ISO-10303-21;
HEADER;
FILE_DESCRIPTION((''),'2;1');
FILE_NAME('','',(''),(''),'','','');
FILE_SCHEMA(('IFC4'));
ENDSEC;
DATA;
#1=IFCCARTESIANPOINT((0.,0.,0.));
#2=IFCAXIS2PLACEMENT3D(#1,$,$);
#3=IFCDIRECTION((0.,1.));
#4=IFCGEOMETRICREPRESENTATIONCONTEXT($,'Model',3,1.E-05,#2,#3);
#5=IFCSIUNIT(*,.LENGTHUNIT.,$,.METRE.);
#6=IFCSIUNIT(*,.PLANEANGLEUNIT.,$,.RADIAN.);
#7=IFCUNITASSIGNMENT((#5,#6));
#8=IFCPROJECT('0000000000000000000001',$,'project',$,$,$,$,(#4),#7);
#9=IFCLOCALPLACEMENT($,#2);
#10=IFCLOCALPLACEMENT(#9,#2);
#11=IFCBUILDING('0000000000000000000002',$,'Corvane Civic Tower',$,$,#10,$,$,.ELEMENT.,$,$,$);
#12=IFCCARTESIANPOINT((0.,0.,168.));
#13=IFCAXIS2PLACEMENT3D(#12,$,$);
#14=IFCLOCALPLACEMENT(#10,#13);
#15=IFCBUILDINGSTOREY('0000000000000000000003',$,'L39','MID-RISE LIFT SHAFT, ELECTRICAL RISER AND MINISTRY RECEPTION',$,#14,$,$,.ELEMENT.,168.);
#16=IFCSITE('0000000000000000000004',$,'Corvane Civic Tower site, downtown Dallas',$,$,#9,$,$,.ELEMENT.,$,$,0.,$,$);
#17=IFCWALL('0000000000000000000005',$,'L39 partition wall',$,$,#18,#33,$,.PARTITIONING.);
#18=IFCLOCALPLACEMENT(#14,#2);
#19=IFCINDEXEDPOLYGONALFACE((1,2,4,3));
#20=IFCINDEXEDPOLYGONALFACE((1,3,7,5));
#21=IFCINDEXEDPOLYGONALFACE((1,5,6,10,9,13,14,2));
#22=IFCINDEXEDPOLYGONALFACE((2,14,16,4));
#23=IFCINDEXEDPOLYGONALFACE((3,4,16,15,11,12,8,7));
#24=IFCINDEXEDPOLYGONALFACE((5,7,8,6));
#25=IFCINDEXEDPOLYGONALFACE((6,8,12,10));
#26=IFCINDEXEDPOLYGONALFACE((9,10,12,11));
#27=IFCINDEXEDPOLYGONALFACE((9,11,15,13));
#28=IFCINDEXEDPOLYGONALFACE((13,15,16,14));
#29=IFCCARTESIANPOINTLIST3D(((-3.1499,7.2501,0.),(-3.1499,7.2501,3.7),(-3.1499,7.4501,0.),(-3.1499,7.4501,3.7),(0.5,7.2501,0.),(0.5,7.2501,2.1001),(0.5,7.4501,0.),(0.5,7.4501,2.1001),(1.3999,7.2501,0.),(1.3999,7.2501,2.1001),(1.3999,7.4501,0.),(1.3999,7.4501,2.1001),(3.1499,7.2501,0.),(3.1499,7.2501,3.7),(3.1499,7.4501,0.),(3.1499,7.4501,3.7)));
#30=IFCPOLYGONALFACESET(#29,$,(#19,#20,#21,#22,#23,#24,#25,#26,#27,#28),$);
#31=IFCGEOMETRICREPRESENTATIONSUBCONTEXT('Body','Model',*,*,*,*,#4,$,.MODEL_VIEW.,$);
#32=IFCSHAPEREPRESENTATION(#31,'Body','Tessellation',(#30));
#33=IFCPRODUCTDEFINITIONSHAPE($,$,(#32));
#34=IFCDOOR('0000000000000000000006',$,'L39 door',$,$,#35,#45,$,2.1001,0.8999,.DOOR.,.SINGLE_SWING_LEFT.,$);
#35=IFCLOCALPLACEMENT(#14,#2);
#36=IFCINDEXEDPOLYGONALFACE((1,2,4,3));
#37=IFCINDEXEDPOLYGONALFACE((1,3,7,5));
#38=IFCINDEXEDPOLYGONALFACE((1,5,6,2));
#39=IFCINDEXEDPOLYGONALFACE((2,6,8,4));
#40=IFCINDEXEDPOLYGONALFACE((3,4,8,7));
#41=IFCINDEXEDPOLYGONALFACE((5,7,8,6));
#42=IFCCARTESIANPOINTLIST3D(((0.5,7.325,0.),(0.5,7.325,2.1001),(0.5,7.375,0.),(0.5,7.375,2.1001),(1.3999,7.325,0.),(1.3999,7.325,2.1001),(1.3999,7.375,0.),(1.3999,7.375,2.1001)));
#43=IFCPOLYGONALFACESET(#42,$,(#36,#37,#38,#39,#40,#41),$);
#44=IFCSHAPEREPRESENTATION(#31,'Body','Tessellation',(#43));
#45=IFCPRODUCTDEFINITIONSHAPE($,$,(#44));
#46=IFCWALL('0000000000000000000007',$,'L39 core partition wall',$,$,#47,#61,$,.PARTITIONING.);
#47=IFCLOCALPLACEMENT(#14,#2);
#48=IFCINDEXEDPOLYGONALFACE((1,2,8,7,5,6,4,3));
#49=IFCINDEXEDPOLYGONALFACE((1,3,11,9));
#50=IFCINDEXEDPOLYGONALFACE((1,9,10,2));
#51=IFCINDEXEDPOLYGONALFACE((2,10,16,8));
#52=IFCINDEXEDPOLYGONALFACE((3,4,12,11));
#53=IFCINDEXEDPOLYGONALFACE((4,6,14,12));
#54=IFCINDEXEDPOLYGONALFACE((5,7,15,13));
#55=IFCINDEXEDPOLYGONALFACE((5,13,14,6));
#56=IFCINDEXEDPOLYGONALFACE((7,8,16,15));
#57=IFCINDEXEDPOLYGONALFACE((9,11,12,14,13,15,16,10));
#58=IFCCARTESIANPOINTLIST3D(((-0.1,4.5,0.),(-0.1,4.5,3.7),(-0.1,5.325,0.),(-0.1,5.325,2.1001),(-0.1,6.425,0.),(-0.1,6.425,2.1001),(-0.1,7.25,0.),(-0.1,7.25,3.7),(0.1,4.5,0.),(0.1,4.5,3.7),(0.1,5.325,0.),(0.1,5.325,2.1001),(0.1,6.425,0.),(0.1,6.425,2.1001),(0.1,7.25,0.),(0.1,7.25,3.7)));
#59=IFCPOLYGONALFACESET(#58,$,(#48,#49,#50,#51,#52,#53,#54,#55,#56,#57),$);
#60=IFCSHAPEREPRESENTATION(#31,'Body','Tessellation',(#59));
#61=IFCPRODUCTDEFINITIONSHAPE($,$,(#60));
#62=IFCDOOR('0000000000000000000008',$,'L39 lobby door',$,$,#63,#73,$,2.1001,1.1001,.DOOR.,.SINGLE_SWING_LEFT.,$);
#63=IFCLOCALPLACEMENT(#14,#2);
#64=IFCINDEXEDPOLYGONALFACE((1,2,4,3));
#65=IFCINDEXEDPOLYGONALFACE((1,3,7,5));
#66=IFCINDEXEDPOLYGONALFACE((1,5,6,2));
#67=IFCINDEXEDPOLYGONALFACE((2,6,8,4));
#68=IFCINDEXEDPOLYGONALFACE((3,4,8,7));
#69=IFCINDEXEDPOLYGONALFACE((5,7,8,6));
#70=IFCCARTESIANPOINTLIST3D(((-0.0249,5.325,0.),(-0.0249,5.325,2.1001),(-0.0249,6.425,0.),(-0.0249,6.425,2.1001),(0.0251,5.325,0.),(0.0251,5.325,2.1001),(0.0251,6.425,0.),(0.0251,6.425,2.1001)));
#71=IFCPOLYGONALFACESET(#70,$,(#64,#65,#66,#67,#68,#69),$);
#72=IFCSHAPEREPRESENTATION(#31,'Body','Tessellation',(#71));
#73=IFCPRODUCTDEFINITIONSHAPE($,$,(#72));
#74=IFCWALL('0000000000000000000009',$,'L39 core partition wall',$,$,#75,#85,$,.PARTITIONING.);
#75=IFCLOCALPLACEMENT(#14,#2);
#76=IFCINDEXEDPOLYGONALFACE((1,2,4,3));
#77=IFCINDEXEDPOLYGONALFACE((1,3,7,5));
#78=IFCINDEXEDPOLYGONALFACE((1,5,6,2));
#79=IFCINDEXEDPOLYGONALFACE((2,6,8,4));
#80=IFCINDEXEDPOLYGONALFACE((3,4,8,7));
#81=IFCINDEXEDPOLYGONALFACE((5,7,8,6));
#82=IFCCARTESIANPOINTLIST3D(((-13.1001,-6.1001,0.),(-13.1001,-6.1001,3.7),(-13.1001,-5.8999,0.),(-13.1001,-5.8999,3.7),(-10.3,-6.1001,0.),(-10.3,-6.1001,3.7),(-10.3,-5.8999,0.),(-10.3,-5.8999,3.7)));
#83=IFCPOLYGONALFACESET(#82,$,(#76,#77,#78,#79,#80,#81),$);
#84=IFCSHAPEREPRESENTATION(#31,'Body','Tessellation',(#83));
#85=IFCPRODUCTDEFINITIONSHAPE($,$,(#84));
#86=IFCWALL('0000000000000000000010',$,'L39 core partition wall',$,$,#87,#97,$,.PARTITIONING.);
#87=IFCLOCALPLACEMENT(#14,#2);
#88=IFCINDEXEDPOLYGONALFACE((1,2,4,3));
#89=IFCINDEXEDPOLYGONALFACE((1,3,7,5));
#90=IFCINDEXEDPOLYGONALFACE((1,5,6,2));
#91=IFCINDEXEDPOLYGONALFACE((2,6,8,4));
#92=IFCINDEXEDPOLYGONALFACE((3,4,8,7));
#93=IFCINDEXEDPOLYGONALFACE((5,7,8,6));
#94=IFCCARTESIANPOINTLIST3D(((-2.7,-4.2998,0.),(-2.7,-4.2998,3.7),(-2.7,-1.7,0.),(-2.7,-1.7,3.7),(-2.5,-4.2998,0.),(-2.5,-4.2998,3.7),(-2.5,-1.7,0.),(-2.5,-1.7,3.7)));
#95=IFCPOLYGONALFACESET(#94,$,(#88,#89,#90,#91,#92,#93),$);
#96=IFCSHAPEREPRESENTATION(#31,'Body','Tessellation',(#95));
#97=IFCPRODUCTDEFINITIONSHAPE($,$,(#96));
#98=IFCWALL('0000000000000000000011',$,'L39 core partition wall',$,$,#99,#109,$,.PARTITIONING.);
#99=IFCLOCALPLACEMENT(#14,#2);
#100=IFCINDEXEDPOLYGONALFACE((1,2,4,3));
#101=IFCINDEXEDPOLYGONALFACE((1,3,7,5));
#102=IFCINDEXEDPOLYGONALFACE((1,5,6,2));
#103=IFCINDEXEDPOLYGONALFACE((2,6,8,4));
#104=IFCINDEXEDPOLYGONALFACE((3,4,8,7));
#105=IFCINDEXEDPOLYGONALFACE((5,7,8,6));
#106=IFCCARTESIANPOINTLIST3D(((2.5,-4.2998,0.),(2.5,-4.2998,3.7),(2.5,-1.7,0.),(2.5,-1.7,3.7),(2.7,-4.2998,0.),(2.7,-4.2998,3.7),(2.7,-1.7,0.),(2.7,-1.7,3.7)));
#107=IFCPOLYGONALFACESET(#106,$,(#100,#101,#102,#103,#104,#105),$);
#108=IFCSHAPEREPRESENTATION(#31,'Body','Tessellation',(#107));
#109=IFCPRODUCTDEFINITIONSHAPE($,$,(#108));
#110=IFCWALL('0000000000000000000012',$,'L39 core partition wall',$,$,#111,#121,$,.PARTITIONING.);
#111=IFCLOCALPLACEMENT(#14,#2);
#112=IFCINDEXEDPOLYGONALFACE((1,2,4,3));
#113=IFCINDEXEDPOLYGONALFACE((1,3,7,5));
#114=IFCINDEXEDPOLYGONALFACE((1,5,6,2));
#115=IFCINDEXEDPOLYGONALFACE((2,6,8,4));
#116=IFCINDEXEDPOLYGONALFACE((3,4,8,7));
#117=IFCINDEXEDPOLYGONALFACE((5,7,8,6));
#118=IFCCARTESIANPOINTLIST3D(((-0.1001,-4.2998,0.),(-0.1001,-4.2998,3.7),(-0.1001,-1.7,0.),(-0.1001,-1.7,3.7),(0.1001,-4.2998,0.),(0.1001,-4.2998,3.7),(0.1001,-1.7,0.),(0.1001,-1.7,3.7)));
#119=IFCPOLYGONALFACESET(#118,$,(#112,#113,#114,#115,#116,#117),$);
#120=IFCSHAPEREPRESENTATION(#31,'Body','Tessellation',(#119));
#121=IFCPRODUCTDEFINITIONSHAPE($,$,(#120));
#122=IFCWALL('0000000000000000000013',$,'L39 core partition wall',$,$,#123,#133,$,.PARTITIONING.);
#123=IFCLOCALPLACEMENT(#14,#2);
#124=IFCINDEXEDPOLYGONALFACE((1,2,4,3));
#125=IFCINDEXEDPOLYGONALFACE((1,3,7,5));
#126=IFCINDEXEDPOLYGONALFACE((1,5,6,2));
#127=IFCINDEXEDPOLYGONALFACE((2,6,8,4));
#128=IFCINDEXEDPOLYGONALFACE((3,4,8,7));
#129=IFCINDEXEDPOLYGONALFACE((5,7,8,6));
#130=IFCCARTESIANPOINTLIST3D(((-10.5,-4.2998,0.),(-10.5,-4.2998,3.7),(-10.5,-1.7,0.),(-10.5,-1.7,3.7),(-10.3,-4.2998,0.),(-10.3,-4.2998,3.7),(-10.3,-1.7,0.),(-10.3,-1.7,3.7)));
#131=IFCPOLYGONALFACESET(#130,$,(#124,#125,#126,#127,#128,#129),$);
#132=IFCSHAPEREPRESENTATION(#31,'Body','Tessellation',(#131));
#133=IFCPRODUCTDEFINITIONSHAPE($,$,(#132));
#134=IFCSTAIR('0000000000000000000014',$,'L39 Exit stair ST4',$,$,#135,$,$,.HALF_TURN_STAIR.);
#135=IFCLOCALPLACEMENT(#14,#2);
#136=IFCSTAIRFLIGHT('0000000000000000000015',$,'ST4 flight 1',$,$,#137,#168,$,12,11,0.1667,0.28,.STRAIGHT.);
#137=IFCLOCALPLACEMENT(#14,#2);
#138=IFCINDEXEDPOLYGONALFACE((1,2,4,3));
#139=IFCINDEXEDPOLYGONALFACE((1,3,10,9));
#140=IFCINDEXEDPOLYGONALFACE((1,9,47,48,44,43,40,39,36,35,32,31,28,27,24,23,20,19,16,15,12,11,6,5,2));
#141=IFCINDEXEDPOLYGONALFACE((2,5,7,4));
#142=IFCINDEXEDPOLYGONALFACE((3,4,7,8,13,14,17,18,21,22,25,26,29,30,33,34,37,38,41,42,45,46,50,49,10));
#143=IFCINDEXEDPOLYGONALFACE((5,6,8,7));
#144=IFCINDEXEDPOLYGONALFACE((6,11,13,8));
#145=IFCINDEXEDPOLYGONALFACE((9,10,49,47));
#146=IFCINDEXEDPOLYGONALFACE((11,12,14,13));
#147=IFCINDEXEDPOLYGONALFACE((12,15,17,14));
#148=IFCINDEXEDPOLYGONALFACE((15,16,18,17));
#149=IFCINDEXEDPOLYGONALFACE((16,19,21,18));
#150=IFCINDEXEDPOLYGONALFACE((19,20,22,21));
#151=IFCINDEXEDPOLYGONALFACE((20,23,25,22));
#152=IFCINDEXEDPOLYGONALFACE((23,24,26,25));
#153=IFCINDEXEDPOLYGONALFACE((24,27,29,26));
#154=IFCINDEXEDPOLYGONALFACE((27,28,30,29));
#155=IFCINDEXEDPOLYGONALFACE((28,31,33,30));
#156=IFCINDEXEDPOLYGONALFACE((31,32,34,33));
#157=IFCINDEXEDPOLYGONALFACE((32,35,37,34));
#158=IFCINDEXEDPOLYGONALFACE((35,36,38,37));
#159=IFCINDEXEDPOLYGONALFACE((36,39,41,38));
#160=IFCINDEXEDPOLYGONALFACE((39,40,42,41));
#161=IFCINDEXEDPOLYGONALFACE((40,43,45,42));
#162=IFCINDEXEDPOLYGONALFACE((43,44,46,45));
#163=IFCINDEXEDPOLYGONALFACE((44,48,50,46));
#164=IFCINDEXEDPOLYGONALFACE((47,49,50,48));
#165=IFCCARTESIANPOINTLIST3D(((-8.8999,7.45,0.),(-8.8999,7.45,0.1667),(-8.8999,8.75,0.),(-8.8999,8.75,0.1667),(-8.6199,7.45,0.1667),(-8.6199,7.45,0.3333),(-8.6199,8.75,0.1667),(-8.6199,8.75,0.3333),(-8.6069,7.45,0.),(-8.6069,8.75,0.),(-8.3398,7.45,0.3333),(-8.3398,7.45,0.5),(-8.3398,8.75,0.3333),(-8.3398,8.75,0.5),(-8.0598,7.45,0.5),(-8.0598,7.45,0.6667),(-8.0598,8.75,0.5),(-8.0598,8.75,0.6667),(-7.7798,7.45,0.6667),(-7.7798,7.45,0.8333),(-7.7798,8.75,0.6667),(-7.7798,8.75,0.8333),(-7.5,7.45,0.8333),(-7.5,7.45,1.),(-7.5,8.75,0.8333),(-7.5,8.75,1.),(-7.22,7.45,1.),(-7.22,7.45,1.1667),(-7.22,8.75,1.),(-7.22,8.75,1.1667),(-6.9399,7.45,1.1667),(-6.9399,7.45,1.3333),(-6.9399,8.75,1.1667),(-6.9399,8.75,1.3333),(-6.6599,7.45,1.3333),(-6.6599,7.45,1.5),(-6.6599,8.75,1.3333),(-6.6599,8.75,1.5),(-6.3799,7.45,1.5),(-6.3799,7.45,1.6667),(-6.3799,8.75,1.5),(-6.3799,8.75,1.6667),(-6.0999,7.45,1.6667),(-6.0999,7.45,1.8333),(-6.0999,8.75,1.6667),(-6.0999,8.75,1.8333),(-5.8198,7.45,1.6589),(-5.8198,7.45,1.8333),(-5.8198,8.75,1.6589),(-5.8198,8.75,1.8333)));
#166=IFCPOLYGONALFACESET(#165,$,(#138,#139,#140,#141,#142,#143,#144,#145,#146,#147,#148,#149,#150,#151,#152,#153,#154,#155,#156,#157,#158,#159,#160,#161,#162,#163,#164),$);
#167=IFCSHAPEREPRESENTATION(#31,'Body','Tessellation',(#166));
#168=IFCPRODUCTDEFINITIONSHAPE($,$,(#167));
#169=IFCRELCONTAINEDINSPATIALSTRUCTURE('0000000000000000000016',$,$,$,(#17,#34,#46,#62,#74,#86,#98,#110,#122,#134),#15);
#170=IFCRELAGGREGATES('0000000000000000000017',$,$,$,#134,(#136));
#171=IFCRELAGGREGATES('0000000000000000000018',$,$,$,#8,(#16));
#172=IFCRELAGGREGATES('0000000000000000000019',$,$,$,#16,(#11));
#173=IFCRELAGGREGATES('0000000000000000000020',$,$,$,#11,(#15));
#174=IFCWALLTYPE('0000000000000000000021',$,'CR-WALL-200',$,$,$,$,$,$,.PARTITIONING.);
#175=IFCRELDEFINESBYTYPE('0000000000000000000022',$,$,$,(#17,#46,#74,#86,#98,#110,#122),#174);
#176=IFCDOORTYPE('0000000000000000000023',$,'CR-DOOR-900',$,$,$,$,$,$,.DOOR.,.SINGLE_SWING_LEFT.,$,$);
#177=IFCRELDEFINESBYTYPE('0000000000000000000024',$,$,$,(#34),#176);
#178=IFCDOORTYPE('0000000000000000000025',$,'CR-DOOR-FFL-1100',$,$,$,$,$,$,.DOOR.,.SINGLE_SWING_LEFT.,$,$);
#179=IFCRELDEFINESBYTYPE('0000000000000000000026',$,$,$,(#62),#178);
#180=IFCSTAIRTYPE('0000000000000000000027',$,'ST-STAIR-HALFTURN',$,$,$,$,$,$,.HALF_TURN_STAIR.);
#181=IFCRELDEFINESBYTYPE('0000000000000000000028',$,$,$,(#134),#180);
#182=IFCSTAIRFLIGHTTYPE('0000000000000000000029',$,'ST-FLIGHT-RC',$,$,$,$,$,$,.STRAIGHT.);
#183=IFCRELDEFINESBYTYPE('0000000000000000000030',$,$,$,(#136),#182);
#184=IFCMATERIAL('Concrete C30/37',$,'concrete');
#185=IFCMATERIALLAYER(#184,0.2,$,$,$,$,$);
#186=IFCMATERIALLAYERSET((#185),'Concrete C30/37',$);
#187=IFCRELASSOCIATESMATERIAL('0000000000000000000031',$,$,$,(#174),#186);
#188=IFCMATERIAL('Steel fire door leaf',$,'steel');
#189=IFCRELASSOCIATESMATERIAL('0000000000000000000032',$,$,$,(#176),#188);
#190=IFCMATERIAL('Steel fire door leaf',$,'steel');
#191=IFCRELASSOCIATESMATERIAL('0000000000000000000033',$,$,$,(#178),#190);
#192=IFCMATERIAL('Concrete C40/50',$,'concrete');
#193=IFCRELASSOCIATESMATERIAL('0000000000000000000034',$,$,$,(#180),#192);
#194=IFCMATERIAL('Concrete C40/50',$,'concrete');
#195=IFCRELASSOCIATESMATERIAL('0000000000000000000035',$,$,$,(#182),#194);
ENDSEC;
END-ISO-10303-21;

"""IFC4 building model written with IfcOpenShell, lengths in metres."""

from ifc_helpers import new_model, si_unit, direction, frame, frame_2d, origin, place, context, subcontext, project, spatial, polyline, rectangle, outline, extrude, material, layer, layer_set, type_object, element, fill, aggregate, save


model = new_model("IFC4")

# Units and contexts
model_context = context("Model", 3, precision=1e-05, world=origin(), true_north=direction((0.0, 1.0)))
body_context = subcontext(model_context, "Body", "Model", "MODEL_VIEW")
ifc_project = project(units=[si_unit("LENGTHUNIT", "METRE"), si_unit("PLANEANGLEUNIT", "RADIAN")], contexts=[model_context])

# Site, building, storey
site_placement = place(None, origin())
site = spatial("IfcSite", under=ifc_project, at=site_placement, Name="Corvane Civic Tower site, downtown Dallas", CompositionType="ELEMENT", RefElevation=0.0)
building_placement = place(site_placement, origin())
building = spatial("IfcBuilding", under=site, at=building_placement, Name="Corvane Civic Tower", CompositionType="ELEMENT")
storey_placement = place(building_placement, frame((0.0, 0.0, 168.0)))
storey = spatial("IfcBuildingStorey", under=building, at=storey_placement, Name="L39", Description="MID-RISE LIFT SHAFT, ELECTRICAL RISER AND MINISTRY RECEPTION", CompositionType="ELEMENT", Elevation=168.0)

# Walls, openings, doors
ifc_material_1 = material(Name="Concrete C30/37", Category="concrete")
ifc_layer = layer(ifc_material_1, 0.2)
ifc_layer_set = layer_set([ifc_layer], Name="Concrete C30/37")
wall_type = type_object("IfcWallType", Name="CR-WALL-200", PredefinedType="PARTITIONING", material=ifc_layer_set)
wall_1_placement = place(storey_placement, frame((-3.1499, 7.3501, 0.0), z_axis=(0.0, 0.0, 1.0), x_axis=(1.0, 0.0, 0.0)))
wall_1 = element("IfcWall", 1, at=wall_1_placement, inside=storey, type_object=wall_type, Name="L39 partition wall", PredefinedType="PARTITIONING", context=body_context, shape_type="SweptSolid", body=[
    extrude(rectangle(XDim=6.2998, YDim=0.2, at=frame_2d((3.1499, 0.0))), origin(), (0.0, 0.0, 1.0), 3.7),
])
opening_1_placement = place(wall_1_placement, frame((3.6499, 0.0, 0.0)))
opening_1 = element("IfcOpeningElement", 2, at=opening_1_placement, cuts=wall_1, PredefinedType="OPENING", context=body_context, shape_type="SweptSolid", body=[
    extrude(rectangle(XDim=0.8999, YDim=2.1001, at=frame_2d((0.45, 1.05))), frame((0.0, 0.1099, 0.0), z_axis=(0.0, -1.0, 0.0), x_axis=(1.0, 0.0, 0.0)), (0.0, 0.0, 1.0), 0.22),
])
ifc_material_2 = material(Name="Steel fire door leaf", Category="steel")
door_type_1 = type_object("IfcDoorType", Name="CR-DOOR-900", OperationType="SINGLE_SWING_LEFT", PredefinedType="DOOR", material=ifc_material_2)
door_1_placement = place(opening_1_placement, origin())
door_1 = element("IfcDoor", 3, at=door_1_placement, inside=storey, type_object=door_type_1, Name="L39 door", OperationType="SINGLE_SWING_LEFT", OverallHeight=2.1001, OverallWidth=0.8999, PredefinedType="DOOR", context=body_context, shape_type="SweptSolid", body=[
    extrude(rectangle(XDim=0.8999, YDim=2.1001, at=frame_2d((0.45, 1.05))), frame((0.0, 0.0249, 0.0), z_axis=(0.0, -1.0, 0.0), x_axis=(1.0, 0.0, 0.0)), (0.0, 0.0, 1.0), 0.05),
])
fill(opening_1, door_1)
wall_2_placement = place(storey_placement, frame((0.0, 4.5, 0.0), z_axis=(0.0, 0.0, 1.0), x_axis=(0.0, 1.0, 0.0)))
wall_2 = element("IfcWall", 4, at=wall_2_placement, inside=storey, type_object=wall_type, Name="L39 core partition wall", PredefinedType="PARTITIONING", context=body_context, shape_type="SweptSolid", body=[
    extrude(rectangle(XDim=2.75, YDim=0.2, at=frame_2d((1.375, 0.0))), origin(), (0.0, 0.0, 1.0), 3.7),
])
opening_2_placement = place(wall_2_placement, frame((0.825, 0.0, 0.0)))
opening_2 = element("IfcOpeningElement", 5, at=opening_2_placement, cuts=wall_2, PredefinedType="OPENING", context=body_context, shape_type="SweptSolid", body=[
    extrude(rectangle(XDim=1.1001, YDim=2.1001, at=frame_2d((0.55, 1.05))), frame((0.0, 0.1099, 0.0), z_axis=(0.0, -1.0, 0.0), x_axis=(1.0, 0.0, 0.0)), (0.0, 0.0, 1.0), 0.22),
])
ifc_material_3 = material(Name="Steel fire door leaf", Category="steel")
door_type_2 = type_object("IfcDoorType", Name="CR-DOOR-FFL-1100", OperationType="SINGLE_SWING_LEFT", PredefinedType="DOOR", material=ifc_material_3)
door_2_placement = place(opening_2_placement, origin())
door_2 = element("IfcDoor", 6, at=door_2_placement, inside=storey, type_object=door_type_2, Name="L39 lobby door", OperationType="SINGLE_SWING_LEFT", OverallHeight=2.1001, OverallWidth=1.1001, PredefinedType="DOOR", context=body_context, shape_type="SweptSolid", body=[
    extrude(rectangle(XDim=1.1001, YDim=2.1001, at=frame_2d((0.55, 1.05))), frame((0.0, 0.0249, 0.0), z_axis=(0.0, -1.0, 0.0), x_axis=(1.0, 0.0, 0.0)), (0.0, 0.0, 1.0), 0.05),
])
fill(opening_2, door_2)

# Walls
wall_3_placement = place(storey_placement, origin())
element("IfcWall", 7, at=wall_3_placement, inside=storey, type_object=wall_type, Name="L39 core partition wall", PredefinedType="PARTITIONING", context=body_context, shape_type="SweptSolid", body=[
    extrude(outline(polyline([(-10.3, -6.1001), (-13.1001, -6.1001), (-13.1001, -5.8999), (-10.3, -5.8999), (-10.3, -6.1001)])), origin(), (0.0, 0.0, 1.0), 3.7),
])
wall_4_placement = place(storey_placement, origin())
element("IfcWall", 8, at=wall_4_placement, inside=storey, type_object=wall_type, Name="L39 core partition wall", PredefinedType="PARTITIONING", context=body_context, shape_type="SweptSolid", body=[
    extrude(outline(polyline([(-2.5, -1.7), (-2.5, -4.2998), (-2.7, -4.2998), (-2.7, -1.7), (-2.5, -1.7)])), origin(), (0.0, 0.0, 1.0), 3.7),
])
wall_5_placement = place(storey_placement, origin())
element("IfcWall", 9, at=wall_5_placement, inside=storey, type_object=wall_type, Name="L39 core partition wall", PredefinedType="PARTITIONING", context=body_context, shape_type="SweptSolid", body=[
    extrude(outline(polyline([(2.7, -1.7), (2.7, -4.2998), (2.5, -4.2998), (2.5, -1.7), (2.7, -1.7)])), origin(), (0.0, 0.0, 1.0), 3.7),
])
wall_6_placement = place(storey_placement, origin())
element("IfcWall", 10, at=wall_6_placement, inside=storey, type_object=wall_type, Name="L39 core partition wall", PredefinedType="PARTITIONING", context=body_context, shape_type="SweptSolid", body=[
    extrude(outline(polyline([(0.1001, -1.7), (0.1001, -4.2998), (-0.1001, -4.2998), (-0.1001, -1.7), (0.1001, -1.7)])), origin(), (0.0, 0.0, 1.0), 3.7),
])
wall_7_placement = place(storey_placement, origin())
element("IfcWall", 11, at=wall_7_placement, inside=storey, type_object=wall_type, Name="L39 core partition wall", PredefinedType="PARTITIONING", context=body_context, shape_type="SweptSolid", body=[
    extrude(outline(polyline([(-10.3, -1.7), (-10.3, -4.2998), (-10.5, -4.2998), (-10.5, -1.7), (-10.3, -1.7)])), origin(), (0.0, 0.0, 1.0), 3.7),
])

# Stair, stair flight
ifc_material_4 = material(Name="Concrete C40/50", Category="concrete")
stair_type = type_object("IfcStairType", Name="ST-STAIR-HALFTURN", PredefinedType="HALF_TURN_STAIR", material=ifc_material_4)
stair_placement = place(storey_placement, origin())
stair = element("IfcStair", 12, at=stair_placement, inside=storey, type_object=stair_type, Name="L39 Exit stair ST4", PredefinedType="HALF_TURN_STAIR")
ifc_material_5 = material(Name="Concrete C40/50", Category="concrete")
stair_flight_type = type_object("IfcStairFlightType", Name="ST-FLIGHT-RC", PredefinedType="STRAIGHT", material=ifc_material_5)
stair_flight_1_placement = place(storey_placement, frame((-8.8999, 8.1001, 0.0), z_axis=(0.0, 0.0, 1.0), x_axis=(1.0, 0.0, 0.0)))
stair_flight_1 = element("IfcStairFlight", 13, at=stair_flight_1_placement, type_object=stair_flight_type, Name="ST4 flight 1", NumberOfRisers=12, NumberOfTreads=11, PredefinedType="STRAIGHT", RiserHeight=0.1667, TreadLength=0.28, context=body_context, shape_type="SweptSolid", body=[
    extrude(outline(polyline([(0.0, 0.0), (0.0, 0.1667), (0.28, 0.1667), (0.28, 0.3333), (0.5601, 0.3333), (0.5601, 0.5), (0.8401, 0.5), (0.8401, 0.6667), (1.1201, 0.6667), (1.1201, 0.8333), (1.3999, 0.8333), (1.3999, 1.0), (1.6799, 1.0), (1.6799, 1.1667), (1.96, 1.1667), (1.96, 1.3333), (2.24, 1.3333), (2.24, 1.5), (2.52, 1.5), (2.52, 1.6667), (2.8, 1.6667), (2.8, 1.8333), (3.0801, 1.8333), (3.0801, 2.0), (3.0801, 1.6589), (0.293, 0.0), (0.0, 0.0)])), frame((0.0, 0.6499, 0.0), z_axis=(0.0, -1.0, 0.0), x_axis=(1.0, 0.0, 0.0)), (0.0, 0.0, 1.0), 1.3),
])
aggregate(stair, [stair_flight_1])

save(model, "model.ifc")
